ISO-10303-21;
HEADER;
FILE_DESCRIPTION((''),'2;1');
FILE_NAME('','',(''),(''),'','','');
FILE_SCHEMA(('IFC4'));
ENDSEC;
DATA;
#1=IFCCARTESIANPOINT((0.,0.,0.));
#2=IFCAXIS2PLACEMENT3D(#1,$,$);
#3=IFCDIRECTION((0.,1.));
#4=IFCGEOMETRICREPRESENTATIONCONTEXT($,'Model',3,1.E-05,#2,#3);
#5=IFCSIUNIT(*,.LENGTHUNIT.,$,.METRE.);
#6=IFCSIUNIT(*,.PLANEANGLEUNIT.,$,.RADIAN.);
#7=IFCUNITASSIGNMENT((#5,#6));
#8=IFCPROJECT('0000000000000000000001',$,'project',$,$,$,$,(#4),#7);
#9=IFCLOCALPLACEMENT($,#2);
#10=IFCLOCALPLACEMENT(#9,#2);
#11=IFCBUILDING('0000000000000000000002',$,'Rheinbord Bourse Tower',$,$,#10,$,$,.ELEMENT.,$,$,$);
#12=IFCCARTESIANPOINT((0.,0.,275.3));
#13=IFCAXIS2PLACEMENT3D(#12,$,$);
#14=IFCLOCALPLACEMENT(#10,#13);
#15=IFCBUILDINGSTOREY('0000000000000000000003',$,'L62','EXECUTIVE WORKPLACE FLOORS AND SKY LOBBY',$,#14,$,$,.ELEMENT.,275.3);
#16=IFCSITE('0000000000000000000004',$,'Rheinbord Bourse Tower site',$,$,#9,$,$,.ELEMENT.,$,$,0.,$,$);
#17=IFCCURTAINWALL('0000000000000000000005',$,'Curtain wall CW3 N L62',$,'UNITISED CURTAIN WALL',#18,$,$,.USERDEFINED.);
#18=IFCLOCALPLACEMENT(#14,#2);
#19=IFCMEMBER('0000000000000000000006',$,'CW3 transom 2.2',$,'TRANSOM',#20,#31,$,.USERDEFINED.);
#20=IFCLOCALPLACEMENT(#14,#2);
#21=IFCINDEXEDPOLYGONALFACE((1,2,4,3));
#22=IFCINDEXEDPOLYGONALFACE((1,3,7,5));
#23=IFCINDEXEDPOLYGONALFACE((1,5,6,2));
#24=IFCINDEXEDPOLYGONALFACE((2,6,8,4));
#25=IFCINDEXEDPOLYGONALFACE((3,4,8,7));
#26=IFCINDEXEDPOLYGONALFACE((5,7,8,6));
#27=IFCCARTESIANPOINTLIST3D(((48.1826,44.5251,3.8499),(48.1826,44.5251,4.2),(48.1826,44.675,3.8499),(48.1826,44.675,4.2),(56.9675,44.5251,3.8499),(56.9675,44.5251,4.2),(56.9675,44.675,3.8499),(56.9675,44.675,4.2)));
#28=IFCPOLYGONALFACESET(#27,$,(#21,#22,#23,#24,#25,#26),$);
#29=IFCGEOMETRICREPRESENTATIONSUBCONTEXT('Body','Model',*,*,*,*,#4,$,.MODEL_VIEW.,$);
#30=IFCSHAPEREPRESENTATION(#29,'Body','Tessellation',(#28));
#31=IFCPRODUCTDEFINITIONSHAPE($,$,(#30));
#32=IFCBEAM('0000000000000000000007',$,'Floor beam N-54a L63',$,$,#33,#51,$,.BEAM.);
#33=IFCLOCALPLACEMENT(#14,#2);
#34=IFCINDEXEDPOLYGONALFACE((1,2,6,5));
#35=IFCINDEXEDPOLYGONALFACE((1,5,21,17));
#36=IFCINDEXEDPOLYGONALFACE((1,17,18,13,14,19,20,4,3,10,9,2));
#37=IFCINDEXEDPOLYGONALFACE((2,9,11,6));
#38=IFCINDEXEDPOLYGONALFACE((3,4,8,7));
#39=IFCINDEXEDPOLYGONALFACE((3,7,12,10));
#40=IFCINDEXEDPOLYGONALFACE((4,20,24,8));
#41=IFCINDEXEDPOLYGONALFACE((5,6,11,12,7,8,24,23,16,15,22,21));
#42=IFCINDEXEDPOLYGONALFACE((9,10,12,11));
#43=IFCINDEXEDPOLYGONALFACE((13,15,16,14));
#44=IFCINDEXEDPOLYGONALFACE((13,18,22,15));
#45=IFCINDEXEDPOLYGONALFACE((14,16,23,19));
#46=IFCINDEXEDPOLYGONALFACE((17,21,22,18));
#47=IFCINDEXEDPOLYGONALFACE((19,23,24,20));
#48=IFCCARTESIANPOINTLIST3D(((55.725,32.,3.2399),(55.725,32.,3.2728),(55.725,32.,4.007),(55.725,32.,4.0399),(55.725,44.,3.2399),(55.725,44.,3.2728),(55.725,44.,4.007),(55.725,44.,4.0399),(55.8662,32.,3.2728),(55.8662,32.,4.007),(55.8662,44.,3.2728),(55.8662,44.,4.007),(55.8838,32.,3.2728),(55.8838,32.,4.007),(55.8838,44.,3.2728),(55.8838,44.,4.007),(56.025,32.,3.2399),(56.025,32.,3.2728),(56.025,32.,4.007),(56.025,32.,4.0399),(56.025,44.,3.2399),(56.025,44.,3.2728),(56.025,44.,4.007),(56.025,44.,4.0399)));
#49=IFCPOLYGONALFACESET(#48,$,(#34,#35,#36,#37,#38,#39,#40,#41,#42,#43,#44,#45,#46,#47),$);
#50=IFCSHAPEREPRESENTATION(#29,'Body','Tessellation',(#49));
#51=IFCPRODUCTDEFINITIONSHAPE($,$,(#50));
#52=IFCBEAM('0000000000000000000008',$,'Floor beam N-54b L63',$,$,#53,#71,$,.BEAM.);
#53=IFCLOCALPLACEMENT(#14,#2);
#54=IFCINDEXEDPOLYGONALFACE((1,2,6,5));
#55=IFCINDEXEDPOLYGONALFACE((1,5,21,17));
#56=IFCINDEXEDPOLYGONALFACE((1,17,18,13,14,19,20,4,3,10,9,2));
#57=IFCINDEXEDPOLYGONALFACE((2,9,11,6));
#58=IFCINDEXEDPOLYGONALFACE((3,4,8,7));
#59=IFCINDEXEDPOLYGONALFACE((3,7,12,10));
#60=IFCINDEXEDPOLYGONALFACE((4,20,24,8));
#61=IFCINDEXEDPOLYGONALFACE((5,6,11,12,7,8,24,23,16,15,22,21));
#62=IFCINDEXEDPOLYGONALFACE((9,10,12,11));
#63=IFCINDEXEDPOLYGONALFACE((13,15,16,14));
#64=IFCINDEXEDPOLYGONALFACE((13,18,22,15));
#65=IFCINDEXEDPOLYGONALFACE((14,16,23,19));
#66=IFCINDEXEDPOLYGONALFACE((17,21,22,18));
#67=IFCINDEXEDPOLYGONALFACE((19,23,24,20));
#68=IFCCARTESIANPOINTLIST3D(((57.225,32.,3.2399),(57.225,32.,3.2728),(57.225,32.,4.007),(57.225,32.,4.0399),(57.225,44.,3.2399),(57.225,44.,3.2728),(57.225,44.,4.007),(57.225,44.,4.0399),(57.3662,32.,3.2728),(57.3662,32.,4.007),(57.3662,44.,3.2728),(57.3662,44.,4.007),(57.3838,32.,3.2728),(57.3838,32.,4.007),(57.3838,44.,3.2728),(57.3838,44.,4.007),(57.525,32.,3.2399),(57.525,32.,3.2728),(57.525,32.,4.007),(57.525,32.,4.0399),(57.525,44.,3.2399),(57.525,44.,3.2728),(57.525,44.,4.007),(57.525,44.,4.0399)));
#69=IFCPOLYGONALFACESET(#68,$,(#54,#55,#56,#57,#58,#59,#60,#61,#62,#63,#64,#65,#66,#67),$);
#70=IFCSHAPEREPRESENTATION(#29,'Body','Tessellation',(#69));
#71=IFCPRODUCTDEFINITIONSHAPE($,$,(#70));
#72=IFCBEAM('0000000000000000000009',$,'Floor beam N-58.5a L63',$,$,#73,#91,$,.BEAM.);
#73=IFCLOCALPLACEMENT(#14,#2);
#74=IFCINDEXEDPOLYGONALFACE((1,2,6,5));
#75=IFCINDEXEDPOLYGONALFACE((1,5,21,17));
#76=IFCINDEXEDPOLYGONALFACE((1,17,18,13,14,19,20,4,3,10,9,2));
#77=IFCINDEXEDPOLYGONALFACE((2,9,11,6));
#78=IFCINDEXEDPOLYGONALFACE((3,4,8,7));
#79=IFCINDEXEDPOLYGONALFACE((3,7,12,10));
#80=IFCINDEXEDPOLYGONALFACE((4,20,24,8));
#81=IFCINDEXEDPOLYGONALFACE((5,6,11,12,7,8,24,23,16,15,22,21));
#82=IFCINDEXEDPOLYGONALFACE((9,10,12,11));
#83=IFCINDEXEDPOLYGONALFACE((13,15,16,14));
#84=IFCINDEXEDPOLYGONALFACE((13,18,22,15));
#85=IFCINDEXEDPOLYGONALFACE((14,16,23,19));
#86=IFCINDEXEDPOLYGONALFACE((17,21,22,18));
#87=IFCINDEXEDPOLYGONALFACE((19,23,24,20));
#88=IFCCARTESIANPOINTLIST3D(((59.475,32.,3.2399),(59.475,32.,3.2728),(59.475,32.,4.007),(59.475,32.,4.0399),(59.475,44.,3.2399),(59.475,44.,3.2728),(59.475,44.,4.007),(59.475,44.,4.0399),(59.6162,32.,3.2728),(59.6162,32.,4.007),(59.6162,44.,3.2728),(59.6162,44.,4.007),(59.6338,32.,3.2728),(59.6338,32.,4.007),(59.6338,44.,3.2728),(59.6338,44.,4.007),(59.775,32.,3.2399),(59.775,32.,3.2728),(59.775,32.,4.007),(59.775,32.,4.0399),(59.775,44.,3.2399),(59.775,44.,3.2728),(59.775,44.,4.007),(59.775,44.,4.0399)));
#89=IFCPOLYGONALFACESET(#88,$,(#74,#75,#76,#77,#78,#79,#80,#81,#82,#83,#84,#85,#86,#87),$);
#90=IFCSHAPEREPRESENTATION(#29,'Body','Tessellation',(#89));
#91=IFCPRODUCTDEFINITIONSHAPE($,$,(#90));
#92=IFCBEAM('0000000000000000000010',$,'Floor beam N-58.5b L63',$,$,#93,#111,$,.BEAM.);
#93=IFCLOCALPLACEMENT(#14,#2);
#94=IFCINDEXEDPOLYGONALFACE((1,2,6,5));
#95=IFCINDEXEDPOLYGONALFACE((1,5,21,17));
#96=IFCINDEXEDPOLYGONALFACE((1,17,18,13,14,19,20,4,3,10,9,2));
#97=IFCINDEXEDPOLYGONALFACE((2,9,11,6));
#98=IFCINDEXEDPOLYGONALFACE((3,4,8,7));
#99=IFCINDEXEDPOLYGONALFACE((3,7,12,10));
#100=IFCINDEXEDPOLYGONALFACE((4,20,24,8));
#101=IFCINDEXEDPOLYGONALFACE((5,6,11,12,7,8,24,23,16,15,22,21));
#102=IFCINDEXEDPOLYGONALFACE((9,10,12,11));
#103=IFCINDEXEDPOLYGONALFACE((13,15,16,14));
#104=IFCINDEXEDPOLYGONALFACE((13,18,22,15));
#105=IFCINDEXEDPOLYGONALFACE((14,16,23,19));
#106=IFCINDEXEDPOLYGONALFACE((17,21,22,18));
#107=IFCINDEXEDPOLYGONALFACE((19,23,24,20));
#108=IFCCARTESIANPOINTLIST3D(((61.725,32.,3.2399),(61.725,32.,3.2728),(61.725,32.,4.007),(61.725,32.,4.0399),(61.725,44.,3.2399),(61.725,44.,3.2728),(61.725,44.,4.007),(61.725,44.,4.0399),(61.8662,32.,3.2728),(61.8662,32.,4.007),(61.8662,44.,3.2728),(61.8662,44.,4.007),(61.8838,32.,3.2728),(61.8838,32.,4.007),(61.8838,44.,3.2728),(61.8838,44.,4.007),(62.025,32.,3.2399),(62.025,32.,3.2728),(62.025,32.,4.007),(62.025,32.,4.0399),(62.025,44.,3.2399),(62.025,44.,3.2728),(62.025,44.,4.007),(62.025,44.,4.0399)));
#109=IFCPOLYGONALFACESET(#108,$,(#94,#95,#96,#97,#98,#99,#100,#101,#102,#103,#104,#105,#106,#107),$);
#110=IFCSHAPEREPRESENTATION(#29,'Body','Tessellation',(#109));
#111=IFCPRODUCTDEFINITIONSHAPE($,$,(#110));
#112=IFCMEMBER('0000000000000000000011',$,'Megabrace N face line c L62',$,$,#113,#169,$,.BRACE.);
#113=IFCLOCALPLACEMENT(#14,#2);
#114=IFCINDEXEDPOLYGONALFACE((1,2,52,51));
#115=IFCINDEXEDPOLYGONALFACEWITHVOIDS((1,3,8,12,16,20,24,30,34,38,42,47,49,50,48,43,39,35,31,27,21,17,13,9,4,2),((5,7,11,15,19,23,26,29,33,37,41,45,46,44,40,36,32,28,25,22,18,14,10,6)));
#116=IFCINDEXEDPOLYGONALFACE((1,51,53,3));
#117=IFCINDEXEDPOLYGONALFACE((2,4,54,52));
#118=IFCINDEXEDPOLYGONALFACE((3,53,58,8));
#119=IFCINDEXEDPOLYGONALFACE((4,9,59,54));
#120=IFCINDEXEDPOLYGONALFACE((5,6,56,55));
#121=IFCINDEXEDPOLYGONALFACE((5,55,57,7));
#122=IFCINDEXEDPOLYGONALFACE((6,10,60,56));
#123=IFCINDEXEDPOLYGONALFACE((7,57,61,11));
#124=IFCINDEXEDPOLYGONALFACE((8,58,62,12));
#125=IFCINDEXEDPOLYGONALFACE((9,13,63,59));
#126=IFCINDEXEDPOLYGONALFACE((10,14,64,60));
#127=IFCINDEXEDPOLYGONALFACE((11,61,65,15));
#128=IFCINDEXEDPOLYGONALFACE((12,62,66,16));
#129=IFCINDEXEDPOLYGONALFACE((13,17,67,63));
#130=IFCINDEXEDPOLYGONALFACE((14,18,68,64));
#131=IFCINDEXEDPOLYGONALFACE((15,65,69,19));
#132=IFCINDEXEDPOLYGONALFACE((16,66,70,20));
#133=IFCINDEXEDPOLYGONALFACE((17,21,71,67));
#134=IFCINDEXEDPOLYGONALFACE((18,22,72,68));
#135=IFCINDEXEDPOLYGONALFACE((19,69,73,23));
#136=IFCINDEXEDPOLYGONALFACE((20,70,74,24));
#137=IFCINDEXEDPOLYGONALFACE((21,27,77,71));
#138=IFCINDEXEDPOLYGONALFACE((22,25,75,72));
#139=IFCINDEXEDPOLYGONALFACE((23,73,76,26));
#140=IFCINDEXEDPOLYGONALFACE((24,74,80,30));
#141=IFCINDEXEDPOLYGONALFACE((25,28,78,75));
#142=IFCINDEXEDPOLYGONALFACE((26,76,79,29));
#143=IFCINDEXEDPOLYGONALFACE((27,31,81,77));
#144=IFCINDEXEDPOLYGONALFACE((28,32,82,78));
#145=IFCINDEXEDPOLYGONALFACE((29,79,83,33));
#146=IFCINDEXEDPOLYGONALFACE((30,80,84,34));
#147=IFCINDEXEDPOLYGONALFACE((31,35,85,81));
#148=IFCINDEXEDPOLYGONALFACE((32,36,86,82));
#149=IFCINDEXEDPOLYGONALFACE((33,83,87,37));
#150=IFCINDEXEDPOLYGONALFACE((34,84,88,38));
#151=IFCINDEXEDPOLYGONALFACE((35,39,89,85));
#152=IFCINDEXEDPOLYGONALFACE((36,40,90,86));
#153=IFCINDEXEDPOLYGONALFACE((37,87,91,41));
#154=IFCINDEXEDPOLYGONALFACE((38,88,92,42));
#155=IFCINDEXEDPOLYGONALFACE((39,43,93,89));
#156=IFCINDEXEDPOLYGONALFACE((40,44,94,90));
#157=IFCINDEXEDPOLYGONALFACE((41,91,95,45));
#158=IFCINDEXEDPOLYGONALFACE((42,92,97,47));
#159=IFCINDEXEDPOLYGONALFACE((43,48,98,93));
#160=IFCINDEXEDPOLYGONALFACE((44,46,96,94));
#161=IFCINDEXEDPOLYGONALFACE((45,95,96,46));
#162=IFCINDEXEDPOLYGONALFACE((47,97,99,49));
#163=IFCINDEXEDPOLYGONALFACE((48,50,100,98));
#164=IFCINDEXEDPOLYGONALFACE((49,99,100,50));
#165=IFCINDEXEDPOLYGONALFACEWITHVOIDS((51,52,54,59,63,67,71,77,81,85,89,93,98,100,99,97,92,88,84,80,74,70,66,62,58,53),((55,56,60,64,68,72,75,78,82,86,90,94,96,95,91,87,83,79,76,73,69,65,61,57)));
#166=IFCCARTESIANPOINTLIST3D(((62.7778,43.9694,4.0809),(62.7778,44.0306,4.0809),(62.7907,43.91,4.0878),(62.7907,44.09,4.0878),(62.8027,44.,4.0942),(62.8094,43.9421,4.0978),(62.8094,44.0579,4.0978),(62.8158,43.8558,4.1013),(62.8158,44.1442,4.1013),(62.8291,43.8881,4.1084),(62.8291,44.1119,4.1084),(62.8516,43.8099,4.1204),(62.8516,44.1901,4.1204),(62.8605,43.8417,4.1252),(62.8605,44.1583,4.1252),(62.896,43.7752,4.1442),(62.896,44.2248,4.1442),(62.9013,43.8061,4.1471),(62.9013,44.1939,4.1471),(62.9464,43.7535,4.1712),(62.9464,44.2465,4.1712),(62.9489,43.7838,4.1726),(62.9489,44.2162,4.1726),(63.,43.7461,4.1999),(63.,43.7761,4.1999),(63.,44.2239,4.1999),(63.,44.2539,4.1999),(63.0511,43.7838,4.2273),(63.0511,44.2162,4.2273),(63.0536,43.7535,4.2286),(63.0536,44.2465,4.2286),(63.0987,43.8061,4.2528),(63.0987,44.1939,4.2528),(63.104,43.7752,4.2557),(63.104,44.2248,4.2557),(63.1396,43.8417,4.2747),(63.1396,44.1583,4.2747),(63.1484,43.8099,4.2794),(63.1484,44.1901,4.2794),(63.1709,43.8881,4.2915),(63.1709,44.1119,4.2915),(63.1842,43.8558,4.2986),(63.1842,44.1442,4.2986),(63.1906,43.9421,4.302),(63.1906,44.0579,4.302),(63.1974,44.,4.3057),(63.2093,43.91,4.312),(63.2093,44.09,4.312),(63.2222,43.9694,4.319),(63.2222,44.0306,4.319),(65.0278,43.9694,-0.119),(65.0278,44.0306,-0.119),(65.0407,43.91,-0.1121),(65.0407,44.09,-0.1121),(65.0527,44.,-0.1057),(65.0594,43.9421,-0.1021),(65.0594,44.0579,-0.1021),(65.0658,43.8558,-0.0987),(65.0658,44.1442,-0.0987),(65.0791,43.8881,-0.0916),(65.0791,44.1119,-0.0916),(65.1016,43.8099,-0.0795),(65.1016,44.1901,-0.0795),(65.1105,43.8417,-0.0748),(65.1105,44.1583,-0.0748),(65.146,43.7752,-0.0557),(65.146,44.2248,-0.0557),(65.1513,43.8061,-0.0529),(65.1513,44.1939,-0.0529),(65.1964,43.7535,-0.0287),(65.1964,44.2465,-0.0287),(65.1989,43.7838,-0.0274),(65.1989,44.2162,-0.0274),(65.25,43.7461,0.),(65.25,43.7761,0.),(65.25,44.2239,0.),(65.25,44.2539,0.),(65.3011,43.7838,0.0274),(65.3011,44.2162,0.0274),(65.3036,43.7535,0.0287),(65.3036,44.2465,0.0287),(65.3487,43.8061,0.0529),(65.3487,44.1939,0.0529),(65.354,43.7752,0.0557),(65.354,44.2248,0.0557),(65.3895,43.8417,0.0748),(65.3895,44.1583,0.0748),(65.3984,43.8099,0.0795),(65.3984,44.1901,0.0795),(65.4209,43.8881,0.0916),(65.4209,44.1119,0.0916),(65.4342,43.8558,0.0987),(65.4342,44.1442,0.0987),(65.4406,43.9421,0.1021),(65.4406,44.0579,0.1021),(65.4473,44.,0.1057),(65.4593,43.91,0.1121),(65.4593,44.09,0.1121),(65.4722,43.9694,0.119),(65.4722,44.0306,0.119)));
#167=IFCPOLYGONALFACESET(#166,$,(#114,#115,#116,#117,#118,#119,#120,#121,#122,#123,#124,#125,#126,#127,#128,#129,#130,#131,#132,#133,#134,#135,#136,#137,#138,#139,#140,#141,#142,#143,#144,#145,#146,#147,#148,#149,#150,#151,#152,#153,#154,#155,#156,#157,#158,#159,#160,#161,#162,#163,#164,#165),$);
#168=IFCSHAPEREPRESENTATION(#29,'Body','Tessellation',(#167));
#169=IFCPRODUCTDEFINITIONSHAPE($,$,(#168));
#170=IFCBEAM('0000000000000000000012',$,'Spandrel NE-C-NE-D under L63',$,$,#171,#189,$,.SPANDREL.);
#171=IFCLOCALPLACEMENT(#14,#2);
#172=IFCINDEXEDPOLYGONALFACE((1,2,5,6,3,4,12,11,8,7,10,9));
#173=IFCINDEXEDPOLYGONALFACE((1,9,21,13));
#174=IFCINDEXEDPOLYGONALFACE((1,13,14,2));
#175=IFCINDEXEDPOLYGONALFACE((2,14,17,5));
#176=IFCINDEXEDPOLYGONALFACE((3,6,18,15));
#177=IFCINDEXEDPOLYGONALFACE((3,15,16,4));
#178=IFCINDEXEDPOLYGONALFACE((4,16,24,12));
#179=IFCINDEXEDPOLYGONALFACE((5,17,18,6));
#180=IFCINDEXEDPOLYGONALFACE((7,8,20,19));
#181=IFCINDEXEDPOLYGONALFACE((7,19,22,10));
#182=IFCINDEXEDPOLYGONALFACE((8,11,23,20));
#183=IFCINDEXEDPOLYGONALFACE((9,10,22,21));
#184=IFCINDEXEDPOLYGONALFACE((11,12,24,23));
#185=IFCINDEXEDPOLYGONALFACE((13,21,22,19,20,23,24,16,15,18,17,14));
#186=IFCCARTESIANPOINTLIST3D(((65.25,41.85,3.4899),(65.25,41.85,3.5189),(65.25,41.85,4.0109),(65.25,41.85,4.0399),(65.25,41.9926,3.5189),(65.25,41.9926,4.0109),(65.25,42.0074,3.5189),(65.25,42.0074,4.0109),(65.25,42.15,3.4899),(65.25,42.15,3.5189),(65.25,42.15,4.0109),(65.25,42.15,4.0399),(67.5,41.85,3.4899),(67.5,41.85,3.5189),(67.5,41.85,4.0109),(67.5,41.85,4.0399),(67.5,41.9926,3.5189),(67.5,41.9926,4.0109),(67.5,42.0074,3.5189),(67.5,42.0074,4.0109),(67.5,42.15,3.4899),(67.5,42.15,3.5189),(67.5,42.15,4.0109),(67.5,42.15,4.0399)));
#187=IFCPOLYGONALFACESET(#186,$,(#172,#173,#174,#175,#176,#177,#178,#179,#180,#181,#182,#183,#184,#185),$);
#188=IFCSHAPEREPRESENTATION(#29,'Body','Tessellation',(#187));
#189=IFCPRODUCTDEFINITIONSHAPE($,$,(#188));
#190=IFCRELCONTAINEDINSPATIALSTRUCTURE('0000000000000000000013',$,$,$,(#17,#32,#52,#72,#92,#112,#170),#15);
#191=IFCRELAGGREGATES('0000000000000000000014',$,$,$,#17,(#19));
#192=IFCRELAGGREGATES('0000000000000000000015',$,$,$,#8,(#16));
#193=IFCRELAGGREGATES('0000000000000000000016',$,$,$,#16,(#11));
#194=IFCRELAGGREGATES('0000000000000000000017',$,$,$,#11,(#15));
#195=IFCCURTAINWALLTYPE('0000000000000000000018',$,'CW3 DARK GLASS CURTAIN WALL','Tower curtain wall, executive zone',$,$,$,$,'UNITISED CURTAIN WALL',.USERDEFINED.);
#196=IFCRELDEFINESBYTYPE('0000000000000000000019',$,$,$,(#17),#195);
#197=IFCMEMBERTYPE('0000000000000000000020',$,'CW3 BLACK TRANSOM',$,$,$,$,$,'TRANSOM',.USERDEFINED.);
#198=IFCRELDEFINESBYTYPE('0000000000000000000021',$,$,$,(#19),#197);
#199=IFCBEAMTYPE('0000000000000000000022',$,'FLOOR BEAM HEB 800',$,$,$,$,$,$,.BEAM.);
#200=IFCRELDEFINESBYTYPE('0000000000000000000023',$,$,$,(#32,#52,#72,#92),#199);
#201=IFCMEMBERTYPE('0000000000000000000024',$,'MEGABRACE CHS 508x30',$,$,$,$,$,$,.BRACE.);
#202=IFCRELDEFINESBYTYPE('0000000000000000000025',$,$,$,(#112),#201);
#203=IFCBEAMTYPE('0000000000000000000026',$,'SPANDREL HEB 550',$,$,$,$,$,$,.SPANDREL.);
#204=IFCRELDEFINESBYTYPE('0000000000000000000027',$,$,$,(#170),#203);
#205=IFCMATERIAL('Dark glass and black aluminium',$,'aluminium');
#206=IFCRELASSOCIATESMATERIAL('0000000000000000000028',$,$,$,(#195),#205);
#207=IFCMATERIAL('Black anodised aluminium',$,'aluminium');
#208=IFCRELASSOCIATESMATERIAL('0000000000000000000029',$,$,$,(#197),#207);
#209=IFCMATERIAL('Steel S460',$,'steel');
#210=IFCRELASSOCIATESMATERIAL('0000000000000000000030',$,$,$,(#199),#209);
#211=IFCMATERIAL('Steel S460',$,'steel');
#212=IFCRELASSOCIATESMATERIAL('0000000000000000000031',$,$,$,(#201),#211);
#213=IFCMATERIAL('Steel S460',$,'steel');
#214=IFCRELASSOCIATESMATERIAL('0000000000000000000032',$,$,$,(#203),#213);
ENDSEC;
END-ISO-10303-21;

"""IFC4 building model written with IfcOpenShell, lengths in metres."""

from ifc_helpers import new_model, si_unit, direction, frame, origin, origin_2d, place, context, subcontext, project, spatial, rectangle, hollow_circle, i_section, extrude, material, material_profile, profile_set, type_object, element, aggregate, save


model = new_model("IFC4")

# Units and contexts
model_context = context("Model", 3, precision=1e-05, world=origin(), true_north=direction((0.0, 1.0)))
body_context = subcontext(model_context, "Body", "Model", "MODEL_VIEW")
ifc_project = project(units=[si_unit("LENGTHUNIT", "METRE"), si_unit("PLANEANGLEUNIT", "RADIAN")], contexts=[model_context])

# Site, building, storey
site_placement = place(None, origin())
site = spatial("IfcSite", under=ifc_project, at=site_placement, Name="Rheinbord Bourse Tower site", CompositionType="ELEMENT", RefElevation=0.0)
building_placement = place(site_placement, origin())
building = spatial("IfcBuilding", under=site, at=building_placement, Name="Rheinbord Bourse Tower", CompositionType="ELEMENT")
storey_placement = place(building_placement, frame((0.0, 0.0, 275.3)))
storey = spatial("IfcBuildingStorey", under=building, at=storey_placement, Name="L62", Description="EXECUTIVE WORKPLACE FLOORS AND SKY LOBBY", CompositionType="ELEMENT", Elevation=275.3)

# Curtain wall
ifc_material_1 = material(Name="Dark glass and black aluminium", Category="aluminium")
curtain_wall_type = type_object("IfcCurtainWallType", Name="CW3 DARK GLASS CURTAIN WALL", Description="Tower curtain wall, executive zone", ElementType="UNITISED CURTAIN WALL", PredefinedType="USERDEFINED", material=ifc_material_1)
curtain_wall_1_placement = place(storey_placement, origin())
curtain_wall_1 = element("IfcCurtainWall", 1, at=curtain_wall_1_placement, inside=storey, type_object=curtain_wall_type, Name="Curtain wall CW3 N L62", ObjectType="UNITISED CURTAIN WALL", PredefinedType="USERDEFINED")

# Member
ifc_material_2 = material(Name="Black anodised aluminium", Category="aluminium")
ifc_material_profile_1 = material_profile(ifc_material_2, rectangle(XDim=0.1499, YDim=0.3501, at=origin_2d()), Name="CW3 TRANSOM 350x150")
ifc_profile_set_1 = profile_set([ifc_material_profile_1], Name="Black anodised aluminium")
member_type_1 = type_object("IfcMemberType", Name="CW3 BLACK TRANSOM", ElementType="TRANSOM", PredefinedType="USERDEFINED", material=ifc_profile_set_1)
member_1_placement = place(storey_placement, frame((56.9675, 44.6001, 4.0249), z_axis=(-1.0, 0.0, 0.0), x_axis=(0.0, -1.0, 0.0)))
member_1 = element("IfcMember", 2, at=member_1_placement, type_object=member_type_1, Name="CW3 transom 2.2", ObjectType="TRANSOM", PredefinedType="USERDEFINED", context=body_context, shape_type="SweptSolid", body=[
    extrude(rectangle(XDim=0.1499, YDim=0.3501, at=origin_2d()), origin(), (0.0, 0.0, 1.0), 8.7849),
])

# Beams
ifc_material_3 = material(Name="Steel S460", Category="steel")
ifc_material_profile_2 = material_profile(ifc_material_3, i_section(OverallWidth=0.3, OverallDepth=0.8, WebThickness=0.0176, FlangeThickness=0.033, at=origin_2d()), Name="HEB 800")
ifc_profile_set_2 = profile_set([ifc_material_profile_2], Name="Steel S460")
beam_type_1 = type_object("IfcBeamType", Name="FLOOR BEAM HEB 800", PredefinedType="BEAM", material=ifc_profile_set_2)
for number, where, z_axis, x_axis, name in (
    (3, (55.875, 44.0, 3.6399), (0.0, -1.0, 0.0), (1.0, 0.0, 0.0), "Floor beam N-54a L63"),
    (4, (57.375, 44.0, 3.6399), (0.0, -1.0, 0.0), (1.0, 0.0, 0.0), "Floor beam N-54b L63"),
    (5, (59.625, 44.0, 3.6399), (0.0, -1.0, 0.0), (1.0, 0.0, 0.0), "Floor beam N-58.5a L63"),
    (6, (61.875, 44.0, 3.6399), (0.0, -1.0, 0.0), (1.0, 0.0, 0.0), "Floor beam N-58.5b L63"),
):
    element("IfcBeam", number, at=place(storey_placement, frame(where, z_axis=z_axis, x_axis=x_axis)), inside=storey, type_object=beam_type_1, Name=name, PredefinedType="BEAM", context=body_context, shape_type="SweptSolid", body=[
        extrude(i_section(OverallWidth=0.3, OverallDepth=0.8, WebThickness=0.0176, FlangeThickness=0.033, at=origin_2d()), origin(), (0.0, 0.0, 1.0), 12.0),
    ])

# Member
ifc_material_4 = material(Name="Steel S460", Category="steel")
ifc_material_profile_3 = material_profile(ifc_material_4, hollow_circle(Radius=0.2539, WallThickness=0.03, at=origin_2d()), Name="CHS 508x30")
ifc_profile_set_3 = profile_set([ifc_material_profile_3], Name="Steel S460")
member_type_2 = type_object("IfcMemberType", Name="MEGABRACE CHS 508x30", PredefinedType="BRACE", material=ifc_profile_set_3)
member_2_placement = place(storey_placement, frame((65.25, 44.0, 0.0), z_axis=(-0.472226, 0.0, 0.881478), x_axis=(0.0, -1.0, 0.0)))
element("IfcMember", 7, at=member_2_placement, inside=storey, type_object=member_type_2, Name="Megabrace N face line c L62", PredefinedType="BRACE", context=body_context, shape_type="SweptSolid", body=[
    extrude(hollow_circle(Radius=0.2539, WallThickness=0.03, at=origin_2d()), origin(), (0.0, 0.0, 1.0), 4.7646),
])

# Beam
ifc_material_5 = material(Name="Steel S460", Category="steel")
ifc_material_profile_4 = material_profile(ifc_material_5, i_section(OverallWidth=0.3, OverallDepth=0.55, WebThickness=0.0149, FlangeThickness=0.0291, at=origin_2d()), Name="HEB 550")
ifc_profile_set_4 = profile_set([ifc_material_profile_4], Name="Steel S460")
beam_type_2 = type_object("IfcBeamType", Name="SPANDREL HEB 550", PredefinedType="SPANDREL", material=ifc_profile_set_4)
beam_1_placement = place(storey_placement, frame((67.5, 42.0, 3.7649), z_axis=(-1.0, 0.0, 0.0), x_axis=(0.0, -1.0, 0.0)))
element("IfcBeam", 8, at=beam_1_placement, inside=storey, type_object=beam_type_2, Name="Spandrel NE-C-NE-D under L63", PredefinedType="SPANDREL", context=body_context, shape_type="SweptSolid", body=[
    extrude(i_section(OverallWidth=0.3, OverallDepth=0.55, WebThickness=0.0149, FlangeThickness=0.0291, at=origin_2d()), origin(), (0.0, 0.0, 1.0), 2.25),
])

aggregate(curtain_wall_1, [member_1])

save(model, "model.ifc")
